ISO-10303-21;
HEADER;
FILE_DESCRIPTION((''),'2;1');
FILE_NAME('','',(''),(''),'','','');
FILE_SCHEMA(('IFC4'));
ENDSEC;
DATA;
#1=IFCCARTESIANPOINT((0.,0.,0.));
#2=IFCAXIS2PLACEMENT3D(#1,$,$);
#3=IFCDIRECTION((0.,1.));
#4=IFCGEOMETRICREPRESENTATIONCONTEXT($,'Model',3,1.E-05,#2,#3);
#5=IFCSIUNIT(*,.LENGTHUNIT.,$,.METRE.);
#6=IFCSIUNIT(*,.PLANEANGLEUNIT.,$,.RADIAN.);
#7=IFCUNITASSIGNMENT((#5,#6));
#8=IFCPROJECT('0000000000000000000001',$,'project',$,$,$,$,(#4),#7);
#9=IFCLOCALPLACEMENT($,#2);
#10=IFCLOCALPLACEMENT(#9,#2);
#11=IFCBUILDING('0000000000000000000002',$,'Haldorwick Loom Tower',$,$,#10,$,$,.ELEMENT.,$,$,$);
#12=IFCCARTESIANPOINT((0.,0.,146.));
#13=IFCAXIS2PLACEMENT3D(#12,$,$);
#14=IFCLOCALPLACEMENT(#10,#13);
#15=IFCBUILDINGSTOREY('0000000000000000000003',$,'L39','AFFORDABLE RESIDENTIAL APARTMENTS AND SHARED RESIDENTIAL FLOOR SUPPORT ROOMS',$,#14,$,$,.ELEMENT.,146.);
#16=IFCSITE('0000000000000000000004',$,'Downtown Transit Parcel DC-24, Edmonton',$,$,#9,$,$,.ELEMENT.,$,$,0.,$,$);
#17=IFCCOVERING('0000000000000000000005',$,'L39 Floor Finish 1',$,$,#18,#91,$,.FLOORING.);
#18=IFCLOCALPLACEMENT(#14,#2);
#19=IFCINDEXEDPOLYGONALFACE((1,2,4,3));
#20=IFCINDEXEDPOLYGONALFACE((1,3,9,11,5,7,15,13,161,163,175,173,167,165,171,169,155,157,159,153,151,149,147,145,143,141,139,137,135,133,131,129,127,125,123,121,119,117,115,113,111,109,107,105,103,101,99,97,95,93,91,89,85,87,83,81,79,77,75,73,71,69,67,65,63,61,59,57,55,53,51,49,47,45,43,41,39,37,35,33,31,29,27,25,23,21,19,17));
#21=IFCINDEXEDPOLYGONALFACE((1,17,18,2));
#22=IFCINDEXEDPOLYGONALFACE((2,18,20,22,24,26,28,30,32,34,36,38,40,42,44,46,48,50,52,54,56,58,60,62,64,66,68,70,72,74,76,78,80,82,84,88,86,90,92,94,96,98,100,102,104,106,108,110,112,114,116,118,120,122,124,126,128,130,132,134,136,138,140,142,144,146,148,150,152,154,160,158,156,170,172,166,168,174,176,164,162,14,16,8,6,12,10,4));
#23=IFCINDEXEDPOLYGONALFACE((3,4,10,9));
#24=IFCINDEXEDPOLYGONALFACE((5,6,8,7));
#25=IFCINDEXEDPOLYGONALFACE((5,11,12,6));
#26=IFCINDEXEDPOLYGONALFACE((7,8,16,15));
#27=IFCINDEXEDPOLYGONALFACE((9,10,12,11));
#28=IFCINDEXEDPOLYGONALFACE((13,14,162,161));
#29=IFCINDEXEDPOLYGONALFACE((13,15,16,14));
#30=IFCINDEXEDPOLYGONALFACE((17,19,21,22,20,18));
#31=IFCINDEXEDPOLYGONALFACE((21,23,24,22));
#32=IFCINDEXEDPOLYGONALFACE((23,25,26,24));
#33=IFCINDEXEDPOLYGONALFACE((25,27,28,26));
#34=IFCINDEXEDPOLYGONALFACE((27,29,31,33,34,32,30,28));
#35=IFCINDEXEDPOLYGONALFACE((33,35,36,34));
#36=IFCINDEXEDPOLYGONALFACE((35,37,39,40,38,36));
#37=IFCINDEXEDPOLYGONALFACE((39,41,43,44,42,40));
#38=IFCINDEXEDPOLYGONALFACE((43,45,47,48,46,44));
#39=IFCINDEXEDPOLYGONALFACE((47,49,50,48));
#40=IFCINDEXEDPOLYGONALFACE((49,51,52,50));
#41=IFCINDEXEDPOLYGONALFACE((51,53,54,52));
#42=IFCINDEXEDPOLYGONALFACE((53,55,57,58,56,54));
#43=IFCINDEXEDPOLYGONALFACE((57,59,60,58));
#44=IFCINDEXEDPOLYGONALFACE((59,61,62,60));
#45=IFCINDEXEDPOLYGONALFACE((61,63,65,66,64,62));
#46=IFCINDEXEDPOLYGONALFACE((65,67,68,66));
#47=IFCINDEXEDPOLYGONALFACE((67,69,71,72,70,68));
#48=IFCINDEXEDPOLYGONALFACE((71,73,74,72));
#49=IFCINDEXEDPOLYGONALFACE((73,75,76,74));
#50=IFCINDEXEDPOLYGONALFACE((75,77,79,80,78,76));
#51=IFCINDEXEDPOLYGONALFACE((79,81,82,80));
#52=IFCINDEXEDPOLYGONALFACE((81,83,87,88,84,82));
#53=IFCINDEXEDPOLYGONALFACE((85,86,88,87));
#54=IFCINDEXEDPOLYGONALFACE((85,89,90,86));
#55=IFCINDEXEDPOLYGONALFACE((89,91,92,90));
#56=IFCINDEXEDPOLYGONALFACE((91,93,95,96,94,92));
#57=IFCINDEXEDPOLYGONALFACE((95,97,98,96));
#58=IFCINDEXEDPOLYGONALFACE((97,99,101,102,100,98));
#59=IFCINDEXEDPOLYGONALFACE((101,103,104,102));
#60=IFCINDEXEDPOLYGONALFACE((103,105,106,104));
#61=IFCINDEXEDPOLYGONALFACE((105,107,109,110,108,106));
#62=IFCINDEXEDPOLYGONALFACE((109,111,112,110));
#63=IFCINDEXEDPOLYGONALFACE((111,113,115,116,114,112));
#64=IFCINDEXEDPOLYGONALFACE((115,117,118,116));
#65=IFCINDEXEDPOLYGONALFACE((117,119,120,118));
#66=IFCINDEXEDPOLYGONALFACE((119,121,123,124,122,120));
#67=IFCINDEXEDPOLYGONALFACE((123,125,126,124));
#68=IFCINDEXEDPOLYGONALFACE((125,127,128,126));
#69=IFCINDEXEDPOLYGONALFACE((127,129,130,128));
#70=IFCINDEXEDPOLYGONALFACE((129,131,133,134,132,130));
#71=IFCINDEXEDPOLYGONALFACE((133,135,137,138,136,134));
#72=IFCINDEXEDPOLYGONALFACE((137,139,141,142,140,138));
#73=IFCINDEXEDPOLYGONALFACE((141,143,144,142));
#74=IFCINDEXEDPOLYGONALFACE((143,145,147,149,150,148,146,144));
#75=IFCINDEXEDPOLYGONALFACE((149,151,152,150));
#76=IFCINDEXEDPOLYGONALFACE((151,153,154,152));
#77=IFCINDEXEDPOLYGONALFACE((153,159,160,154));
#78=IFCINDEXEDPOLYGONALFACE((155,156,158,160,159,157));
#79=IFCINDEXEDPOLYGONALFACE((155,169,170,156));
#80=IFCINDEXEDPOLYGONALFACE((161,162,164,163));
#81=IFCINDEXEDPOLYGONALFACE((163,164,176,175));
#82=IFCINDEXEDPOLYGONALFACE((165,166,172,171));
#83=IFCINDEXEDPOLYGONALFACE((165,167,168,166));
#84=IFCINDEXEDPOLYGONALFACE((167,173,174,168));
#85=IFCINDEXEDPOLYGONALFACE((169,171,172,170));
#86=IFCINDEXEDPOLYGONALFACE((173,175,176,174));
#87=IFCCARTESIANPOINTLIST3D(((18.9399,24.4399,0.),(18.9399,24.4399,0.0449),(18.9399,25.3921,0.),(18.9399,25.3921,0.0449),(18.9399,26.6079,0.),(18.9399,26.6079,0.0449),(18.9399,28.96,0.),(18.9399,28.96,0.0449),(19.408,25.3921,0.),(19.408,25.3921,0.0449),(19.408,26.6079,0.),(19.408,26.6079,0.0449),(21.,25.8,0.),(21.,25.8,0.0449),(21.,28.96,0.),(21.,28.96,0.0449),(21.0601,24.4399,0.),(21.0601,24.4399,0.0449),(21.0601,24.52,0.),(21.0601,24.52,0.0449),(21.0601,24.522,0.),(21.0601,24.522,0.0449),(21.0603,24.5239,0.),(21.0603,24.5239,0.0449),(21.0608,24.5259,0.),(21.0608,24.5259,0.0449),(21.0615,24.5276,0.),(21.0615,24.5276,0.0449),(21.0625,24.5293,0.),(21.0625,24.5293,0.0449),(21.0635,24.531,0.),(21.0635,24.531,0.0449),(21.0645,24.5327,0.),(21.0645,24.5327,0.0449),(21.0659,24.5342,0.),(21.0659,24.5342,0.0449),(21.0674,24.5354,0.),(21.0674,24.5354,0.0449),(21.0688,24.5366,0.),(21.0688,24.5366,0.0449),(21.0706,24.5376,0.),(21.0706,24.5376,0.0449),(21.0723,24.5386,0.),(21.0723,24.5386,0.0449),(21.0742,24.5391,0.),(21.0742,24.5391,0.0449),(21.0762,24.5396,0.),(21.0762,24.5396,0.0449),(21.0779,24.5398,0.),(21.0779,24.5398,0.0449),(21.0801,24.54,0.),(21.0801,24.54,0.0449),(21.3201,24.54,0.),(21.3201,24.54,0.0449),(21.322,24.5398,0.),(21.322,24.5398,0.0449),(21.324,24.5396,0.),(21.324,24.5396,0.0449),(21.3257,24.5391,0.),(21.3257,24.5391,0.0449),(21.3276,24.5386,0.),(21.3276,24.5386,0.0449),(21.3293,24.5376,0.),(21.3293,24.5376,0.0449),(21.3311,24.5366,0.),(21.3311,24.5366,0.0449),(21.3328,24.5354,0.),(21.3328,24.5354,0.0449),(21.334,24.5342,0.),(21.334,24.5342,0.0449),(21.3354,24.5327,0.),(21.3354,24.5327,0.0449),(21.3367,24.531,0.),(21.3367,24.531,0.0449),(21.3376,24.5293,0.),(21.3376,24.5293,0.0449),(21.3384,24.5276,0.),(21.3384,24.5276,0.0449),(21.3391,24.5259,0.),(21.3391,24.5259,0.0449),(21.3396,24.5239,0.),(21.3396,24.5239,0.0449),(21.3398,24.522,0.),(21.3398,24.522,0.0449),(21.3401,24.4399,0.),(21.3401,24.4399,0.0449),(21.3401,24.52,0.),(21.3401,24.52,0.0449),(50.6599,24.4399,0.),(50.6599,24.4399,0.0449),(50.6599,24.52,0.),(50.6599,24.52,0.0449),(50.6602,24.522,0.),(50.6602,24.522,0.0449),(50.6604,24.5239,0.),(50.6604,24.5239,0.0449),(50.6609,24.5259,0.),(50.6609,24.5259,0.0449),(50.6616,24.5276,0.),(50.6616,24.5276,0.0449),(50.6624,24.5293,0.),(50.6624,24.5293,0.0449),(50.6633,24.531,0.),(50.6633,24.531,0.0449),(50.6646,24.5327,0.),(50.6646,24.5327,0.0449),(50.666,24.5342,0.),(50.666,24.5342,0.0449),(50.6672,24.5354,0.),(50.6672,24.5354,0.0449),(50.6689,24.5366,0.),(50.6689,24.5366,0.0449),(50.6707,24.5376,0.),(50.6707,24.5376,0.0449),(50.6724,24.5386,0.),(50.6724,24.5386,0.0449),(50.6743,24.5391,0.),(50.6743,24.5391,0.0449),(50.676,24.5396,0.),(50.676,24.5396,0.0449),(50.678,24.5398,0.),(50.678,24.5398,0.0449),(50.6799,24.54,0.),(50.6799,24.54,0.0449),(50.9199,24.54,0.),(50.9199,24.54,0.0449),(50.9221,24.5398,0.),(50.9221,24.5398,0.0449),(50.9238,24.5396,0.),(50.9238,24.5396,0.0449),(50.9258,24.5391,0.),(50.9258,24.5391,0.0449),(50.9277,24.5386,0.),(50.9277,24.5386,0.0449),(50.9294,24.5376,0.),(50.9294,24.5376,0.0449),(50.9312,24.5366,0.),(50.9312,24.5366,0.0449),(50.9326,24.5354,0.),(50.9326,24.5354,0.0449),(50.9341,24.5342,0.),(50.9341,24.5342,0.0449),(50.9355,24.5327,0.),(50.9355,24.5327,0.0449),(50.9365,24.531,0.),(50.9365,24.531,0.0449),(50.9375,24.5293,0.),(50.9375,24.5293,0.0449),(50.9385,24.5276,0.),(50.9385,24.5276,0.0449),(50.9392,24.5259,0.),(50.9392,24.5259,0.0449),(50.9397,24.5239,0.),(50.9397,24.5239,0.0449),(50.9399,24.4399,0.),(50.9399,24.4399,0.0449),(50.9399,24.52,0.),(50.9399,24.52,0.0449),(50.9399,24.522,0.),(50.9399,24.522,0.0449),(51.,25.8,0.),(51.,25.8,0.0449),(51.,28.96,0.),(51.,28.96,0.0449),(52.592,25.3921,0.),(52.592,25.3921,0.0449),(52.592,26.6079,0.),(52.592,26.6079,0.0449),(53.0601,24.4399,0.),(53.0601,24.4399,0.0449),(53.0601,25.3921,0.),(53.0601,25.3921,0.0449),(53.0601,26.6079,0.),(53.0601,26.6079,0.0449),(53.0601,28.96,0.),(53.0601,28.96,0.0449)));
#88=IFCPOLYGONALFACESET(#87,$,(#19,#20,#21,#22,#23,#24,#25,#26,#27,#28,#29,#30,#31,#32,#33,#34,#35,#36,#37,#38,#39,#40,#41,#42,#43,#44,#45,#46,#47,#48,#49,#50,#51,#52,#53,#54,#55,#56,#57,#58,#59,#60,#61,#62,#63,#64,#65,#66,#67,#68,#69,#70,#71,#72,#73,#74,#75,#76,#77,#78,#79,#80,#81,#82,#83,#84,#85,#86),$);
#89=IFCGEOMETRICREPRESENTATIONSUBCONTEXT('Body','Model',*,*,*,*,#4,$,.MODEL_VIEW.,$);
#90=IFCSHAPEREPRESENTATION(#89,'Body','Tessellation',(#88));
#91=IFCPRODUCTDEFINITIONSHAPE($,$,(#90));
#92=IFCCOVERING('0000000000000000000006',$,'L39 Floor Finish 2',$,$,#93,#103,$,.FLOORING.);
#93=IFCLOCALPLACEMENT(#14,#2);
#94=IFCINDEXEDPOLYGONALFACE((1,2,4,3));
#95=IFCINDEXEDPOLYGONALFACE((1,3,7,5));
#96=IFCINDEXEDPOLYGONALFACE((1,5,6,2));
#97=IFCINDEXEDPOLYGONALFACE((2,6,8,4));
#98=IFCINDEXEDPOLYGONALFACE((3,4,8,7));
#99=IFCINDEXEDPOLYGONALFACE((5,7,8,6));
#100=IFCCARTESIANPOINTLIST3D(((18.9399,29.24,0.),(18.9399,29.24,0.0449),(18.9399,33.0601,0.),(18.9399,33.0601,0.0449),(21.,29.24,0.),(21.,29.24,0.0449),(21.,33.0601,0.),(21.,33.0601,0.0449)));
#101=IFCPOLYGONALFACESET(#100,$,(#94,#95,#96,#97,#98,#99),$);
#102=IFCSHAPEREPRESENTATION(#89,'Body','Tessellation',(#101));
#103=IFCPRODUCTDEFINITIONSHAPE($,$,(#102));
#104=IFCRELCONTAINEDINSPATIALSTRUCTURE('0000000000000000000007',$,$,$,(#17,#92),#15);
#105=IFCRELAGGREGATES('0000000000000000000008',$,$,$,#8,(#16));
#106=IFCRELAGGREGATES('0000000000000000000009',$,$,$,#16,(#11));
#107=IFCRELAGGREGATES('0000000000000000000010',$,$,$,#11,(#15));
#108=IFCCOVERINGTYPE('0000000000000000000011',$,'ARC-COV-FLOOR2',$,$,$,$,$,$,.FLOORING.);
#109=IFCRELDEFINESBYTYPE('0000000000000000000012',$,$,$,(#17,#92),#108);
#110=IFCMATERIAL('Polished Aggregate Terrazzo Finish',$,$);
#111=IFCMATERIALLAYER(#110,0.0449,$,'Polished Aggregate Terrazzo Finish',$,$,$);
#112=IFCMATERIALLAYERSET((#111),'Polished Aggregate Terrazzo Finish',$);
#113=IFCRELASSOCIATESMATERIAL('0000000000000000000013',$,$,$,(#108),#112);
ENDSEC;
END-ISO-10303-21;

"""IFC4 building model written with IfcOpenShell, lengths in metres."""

from ifc_helpers import new_model, si_unit, direction, frame, origin, place, context, subcontext, project, spatial, polyline, outline, extrude, material, layer, layer_set, type_object, element, save


model = new_model("IFC4")

# Units and contexts
model_context = context("Model", 3, precision=1e-05, world=origin(), true_north=direction((0.0, 1.0)))
body_context = subcontext(model_context, "Body", "Model", "MODEL_VIEW")
ifc_project = project(units=[si_unit("LENGTHUNIT", "METRE"), si_unit("PLANEANGLEUNIT", "RADIAN")], contexts=[model_context])

# Site, building, storey
site_placement = place(None, origin())
site = spatial("IfcSite", under=ifc_project, at=site_placement, Name="Downtown Transit Parcel DC-24, Edmonton", CompositionType="ELEMENT", RefElevation=0.0)
building_placement = place(site_placement, origin())
building = spatial("IfcBuilding", under=site, at=building_placement, Name="Haldorwick Loom Tower", CompositionType="ELEMENT")
storey_placement = place(building_placement, frame((0.0, 0.0, 146.0)))
storey = spatial("IfcBuildingStorey", under=building, at=storey_placement, Name="L39", Description="AFFORDABLE RESIDENTIAL APARTMENTS AND SHARED RESIDENTIAL FLOOR SUPPORT ROOMS", CompositionType="ELEMENT", Elevation=146.0)

# Coverings
ifc_material_1 = material(Name="Polished Aggregate Terrazzo Finish")
ifc_layer_1 = layer(ifc_material_1, 0.0449, Name="Polished Aggregate Terrazzo Finish")
ifc_layer_set_1 = layer_set([ifc_layer_1], Name="Polished Aggregate Terrazzo Finish")
covering_type_1 = type_object("IfcCoveringType", Name="ARC-COV-FLOOR2", PredefinedType="FLOORING", material=ifc_layer_set_1)
covering_1_placement = place(storey_placement, origin())
element("IfcCovering", 1, at=covering_1_placement, inside=storey, type_object=covering_type_1, Name="L39 Floor Finish 1", PredefinedType="FLOORING", context=body_context, shape_type="SweptSolid", body=[
    extrude(outline(polyline([(51.0, 28.96), (51.0, 25.8), (21.0, 25.8), (21.0, 28.96), (18.9399, 28.96), (18.9399, 26.6079), (19.408, 26.6079), (19.408, 25.3921), (18.9399, 25.3921), (18.9399, 24.4399), (21.0601, 24.4399), (21.0601, 24.52), (21.0601, 24.522), (21.0603, 24.5239), (21.0608, 24.5259), (21.0615, 24.5276), (21.0625, 24.5293), (21.0635, 24.531), (21.0645, 24.5327), (21.0659, 24.5342), (21.0674, 24.5354), (21.0688, 24.5366), (21.0706, 24.5376), (21.0723, 24.5386), (21.0742, 24.5391), (21.0762, 24.5396), (21.0779, 24.5398), (21.0801, 24.54), (21.3201, 24.54), (21.322, 24.5398), (21.324, 24.5396), (21.3257, 24.5391), (21.3276, 24.5386), (21.3293, 24.5376), (21.3311, 24.5366), (21.3328, 24.5354), (21.334, 24.5342), (21.3354, 24.5327), (21.3367, 24.531), (21.3376, 24.5293), (21.3384, 24.5276), (21.3391, 24.5259), (21.3396, 24.5239), (21.3398, 24.522), (21.3401, 24.52), (21.3401, 24.4399), (50.6599, 24.4399), (50.6599, 24.52), (50.6602, 24.522), (50.6604, 24.5239), (50.6609, 24.5259), (50.6616, 24.5276), (50.6624, 24.5293), (50.6633, 24.531), (50.6646, 24.5327), (50.666, 24.5342), (50.6672, 24.5354), (50.6689, 24.5366), (50.6707, 24.5376), (50.6724, 24.5386), (50.6743, 24.5391), (50.676, 24.5396), (50.678, 24.5398), (50.6799, 24.54), (50.9199, 24.54), (50.9221, 24.5398), (50.9238, 24.5396), (50.9258, 24.5391), (50.9277, 24.5386), (50.9294, 24.5376), (50.9312, 24.5366), (50.9326, 24.5354), (50.9341, 24.5342), (50.9355, 24.5327), (50.9365, 24.531), (50.9375, 24.5293), (50.9385, 24.5276), (50.9392, 24.5259), (50.9397, 24.5239), (50.9399, 24.522), (50.9399, 24.52), (50.9399, 24.4399), (53.0601, 24.4399), (53.0601, 25.3921), (52.592, 25.3921), (52.592, 26.6079), (53.0601, 26.6079), (53.0601, 28.96), (51.0, 28.96)])), origin(), (0.0, 0.0, 1.0), 0.0449),
])
covering_2_placement = place(storey_placement, origin())
element("IfcCovering", 2, at=covering_2_placement, inside=storey, type_object=covering_type_1, Name="L39 Floor Finish 2", PredefinedType="FLOORING", context=body_context, shape_type="SweptSolid", body=[
    extrude(outline(polyline([(21.0, 29.24), (21.0, 33.0601), (18.9399, 33.0601), (18.9399, 29.24), (21.0, 29.24)])), origin(), (0.0, 0.0, 1.0), 0.0449),
])

save(model, "model.ifc")
